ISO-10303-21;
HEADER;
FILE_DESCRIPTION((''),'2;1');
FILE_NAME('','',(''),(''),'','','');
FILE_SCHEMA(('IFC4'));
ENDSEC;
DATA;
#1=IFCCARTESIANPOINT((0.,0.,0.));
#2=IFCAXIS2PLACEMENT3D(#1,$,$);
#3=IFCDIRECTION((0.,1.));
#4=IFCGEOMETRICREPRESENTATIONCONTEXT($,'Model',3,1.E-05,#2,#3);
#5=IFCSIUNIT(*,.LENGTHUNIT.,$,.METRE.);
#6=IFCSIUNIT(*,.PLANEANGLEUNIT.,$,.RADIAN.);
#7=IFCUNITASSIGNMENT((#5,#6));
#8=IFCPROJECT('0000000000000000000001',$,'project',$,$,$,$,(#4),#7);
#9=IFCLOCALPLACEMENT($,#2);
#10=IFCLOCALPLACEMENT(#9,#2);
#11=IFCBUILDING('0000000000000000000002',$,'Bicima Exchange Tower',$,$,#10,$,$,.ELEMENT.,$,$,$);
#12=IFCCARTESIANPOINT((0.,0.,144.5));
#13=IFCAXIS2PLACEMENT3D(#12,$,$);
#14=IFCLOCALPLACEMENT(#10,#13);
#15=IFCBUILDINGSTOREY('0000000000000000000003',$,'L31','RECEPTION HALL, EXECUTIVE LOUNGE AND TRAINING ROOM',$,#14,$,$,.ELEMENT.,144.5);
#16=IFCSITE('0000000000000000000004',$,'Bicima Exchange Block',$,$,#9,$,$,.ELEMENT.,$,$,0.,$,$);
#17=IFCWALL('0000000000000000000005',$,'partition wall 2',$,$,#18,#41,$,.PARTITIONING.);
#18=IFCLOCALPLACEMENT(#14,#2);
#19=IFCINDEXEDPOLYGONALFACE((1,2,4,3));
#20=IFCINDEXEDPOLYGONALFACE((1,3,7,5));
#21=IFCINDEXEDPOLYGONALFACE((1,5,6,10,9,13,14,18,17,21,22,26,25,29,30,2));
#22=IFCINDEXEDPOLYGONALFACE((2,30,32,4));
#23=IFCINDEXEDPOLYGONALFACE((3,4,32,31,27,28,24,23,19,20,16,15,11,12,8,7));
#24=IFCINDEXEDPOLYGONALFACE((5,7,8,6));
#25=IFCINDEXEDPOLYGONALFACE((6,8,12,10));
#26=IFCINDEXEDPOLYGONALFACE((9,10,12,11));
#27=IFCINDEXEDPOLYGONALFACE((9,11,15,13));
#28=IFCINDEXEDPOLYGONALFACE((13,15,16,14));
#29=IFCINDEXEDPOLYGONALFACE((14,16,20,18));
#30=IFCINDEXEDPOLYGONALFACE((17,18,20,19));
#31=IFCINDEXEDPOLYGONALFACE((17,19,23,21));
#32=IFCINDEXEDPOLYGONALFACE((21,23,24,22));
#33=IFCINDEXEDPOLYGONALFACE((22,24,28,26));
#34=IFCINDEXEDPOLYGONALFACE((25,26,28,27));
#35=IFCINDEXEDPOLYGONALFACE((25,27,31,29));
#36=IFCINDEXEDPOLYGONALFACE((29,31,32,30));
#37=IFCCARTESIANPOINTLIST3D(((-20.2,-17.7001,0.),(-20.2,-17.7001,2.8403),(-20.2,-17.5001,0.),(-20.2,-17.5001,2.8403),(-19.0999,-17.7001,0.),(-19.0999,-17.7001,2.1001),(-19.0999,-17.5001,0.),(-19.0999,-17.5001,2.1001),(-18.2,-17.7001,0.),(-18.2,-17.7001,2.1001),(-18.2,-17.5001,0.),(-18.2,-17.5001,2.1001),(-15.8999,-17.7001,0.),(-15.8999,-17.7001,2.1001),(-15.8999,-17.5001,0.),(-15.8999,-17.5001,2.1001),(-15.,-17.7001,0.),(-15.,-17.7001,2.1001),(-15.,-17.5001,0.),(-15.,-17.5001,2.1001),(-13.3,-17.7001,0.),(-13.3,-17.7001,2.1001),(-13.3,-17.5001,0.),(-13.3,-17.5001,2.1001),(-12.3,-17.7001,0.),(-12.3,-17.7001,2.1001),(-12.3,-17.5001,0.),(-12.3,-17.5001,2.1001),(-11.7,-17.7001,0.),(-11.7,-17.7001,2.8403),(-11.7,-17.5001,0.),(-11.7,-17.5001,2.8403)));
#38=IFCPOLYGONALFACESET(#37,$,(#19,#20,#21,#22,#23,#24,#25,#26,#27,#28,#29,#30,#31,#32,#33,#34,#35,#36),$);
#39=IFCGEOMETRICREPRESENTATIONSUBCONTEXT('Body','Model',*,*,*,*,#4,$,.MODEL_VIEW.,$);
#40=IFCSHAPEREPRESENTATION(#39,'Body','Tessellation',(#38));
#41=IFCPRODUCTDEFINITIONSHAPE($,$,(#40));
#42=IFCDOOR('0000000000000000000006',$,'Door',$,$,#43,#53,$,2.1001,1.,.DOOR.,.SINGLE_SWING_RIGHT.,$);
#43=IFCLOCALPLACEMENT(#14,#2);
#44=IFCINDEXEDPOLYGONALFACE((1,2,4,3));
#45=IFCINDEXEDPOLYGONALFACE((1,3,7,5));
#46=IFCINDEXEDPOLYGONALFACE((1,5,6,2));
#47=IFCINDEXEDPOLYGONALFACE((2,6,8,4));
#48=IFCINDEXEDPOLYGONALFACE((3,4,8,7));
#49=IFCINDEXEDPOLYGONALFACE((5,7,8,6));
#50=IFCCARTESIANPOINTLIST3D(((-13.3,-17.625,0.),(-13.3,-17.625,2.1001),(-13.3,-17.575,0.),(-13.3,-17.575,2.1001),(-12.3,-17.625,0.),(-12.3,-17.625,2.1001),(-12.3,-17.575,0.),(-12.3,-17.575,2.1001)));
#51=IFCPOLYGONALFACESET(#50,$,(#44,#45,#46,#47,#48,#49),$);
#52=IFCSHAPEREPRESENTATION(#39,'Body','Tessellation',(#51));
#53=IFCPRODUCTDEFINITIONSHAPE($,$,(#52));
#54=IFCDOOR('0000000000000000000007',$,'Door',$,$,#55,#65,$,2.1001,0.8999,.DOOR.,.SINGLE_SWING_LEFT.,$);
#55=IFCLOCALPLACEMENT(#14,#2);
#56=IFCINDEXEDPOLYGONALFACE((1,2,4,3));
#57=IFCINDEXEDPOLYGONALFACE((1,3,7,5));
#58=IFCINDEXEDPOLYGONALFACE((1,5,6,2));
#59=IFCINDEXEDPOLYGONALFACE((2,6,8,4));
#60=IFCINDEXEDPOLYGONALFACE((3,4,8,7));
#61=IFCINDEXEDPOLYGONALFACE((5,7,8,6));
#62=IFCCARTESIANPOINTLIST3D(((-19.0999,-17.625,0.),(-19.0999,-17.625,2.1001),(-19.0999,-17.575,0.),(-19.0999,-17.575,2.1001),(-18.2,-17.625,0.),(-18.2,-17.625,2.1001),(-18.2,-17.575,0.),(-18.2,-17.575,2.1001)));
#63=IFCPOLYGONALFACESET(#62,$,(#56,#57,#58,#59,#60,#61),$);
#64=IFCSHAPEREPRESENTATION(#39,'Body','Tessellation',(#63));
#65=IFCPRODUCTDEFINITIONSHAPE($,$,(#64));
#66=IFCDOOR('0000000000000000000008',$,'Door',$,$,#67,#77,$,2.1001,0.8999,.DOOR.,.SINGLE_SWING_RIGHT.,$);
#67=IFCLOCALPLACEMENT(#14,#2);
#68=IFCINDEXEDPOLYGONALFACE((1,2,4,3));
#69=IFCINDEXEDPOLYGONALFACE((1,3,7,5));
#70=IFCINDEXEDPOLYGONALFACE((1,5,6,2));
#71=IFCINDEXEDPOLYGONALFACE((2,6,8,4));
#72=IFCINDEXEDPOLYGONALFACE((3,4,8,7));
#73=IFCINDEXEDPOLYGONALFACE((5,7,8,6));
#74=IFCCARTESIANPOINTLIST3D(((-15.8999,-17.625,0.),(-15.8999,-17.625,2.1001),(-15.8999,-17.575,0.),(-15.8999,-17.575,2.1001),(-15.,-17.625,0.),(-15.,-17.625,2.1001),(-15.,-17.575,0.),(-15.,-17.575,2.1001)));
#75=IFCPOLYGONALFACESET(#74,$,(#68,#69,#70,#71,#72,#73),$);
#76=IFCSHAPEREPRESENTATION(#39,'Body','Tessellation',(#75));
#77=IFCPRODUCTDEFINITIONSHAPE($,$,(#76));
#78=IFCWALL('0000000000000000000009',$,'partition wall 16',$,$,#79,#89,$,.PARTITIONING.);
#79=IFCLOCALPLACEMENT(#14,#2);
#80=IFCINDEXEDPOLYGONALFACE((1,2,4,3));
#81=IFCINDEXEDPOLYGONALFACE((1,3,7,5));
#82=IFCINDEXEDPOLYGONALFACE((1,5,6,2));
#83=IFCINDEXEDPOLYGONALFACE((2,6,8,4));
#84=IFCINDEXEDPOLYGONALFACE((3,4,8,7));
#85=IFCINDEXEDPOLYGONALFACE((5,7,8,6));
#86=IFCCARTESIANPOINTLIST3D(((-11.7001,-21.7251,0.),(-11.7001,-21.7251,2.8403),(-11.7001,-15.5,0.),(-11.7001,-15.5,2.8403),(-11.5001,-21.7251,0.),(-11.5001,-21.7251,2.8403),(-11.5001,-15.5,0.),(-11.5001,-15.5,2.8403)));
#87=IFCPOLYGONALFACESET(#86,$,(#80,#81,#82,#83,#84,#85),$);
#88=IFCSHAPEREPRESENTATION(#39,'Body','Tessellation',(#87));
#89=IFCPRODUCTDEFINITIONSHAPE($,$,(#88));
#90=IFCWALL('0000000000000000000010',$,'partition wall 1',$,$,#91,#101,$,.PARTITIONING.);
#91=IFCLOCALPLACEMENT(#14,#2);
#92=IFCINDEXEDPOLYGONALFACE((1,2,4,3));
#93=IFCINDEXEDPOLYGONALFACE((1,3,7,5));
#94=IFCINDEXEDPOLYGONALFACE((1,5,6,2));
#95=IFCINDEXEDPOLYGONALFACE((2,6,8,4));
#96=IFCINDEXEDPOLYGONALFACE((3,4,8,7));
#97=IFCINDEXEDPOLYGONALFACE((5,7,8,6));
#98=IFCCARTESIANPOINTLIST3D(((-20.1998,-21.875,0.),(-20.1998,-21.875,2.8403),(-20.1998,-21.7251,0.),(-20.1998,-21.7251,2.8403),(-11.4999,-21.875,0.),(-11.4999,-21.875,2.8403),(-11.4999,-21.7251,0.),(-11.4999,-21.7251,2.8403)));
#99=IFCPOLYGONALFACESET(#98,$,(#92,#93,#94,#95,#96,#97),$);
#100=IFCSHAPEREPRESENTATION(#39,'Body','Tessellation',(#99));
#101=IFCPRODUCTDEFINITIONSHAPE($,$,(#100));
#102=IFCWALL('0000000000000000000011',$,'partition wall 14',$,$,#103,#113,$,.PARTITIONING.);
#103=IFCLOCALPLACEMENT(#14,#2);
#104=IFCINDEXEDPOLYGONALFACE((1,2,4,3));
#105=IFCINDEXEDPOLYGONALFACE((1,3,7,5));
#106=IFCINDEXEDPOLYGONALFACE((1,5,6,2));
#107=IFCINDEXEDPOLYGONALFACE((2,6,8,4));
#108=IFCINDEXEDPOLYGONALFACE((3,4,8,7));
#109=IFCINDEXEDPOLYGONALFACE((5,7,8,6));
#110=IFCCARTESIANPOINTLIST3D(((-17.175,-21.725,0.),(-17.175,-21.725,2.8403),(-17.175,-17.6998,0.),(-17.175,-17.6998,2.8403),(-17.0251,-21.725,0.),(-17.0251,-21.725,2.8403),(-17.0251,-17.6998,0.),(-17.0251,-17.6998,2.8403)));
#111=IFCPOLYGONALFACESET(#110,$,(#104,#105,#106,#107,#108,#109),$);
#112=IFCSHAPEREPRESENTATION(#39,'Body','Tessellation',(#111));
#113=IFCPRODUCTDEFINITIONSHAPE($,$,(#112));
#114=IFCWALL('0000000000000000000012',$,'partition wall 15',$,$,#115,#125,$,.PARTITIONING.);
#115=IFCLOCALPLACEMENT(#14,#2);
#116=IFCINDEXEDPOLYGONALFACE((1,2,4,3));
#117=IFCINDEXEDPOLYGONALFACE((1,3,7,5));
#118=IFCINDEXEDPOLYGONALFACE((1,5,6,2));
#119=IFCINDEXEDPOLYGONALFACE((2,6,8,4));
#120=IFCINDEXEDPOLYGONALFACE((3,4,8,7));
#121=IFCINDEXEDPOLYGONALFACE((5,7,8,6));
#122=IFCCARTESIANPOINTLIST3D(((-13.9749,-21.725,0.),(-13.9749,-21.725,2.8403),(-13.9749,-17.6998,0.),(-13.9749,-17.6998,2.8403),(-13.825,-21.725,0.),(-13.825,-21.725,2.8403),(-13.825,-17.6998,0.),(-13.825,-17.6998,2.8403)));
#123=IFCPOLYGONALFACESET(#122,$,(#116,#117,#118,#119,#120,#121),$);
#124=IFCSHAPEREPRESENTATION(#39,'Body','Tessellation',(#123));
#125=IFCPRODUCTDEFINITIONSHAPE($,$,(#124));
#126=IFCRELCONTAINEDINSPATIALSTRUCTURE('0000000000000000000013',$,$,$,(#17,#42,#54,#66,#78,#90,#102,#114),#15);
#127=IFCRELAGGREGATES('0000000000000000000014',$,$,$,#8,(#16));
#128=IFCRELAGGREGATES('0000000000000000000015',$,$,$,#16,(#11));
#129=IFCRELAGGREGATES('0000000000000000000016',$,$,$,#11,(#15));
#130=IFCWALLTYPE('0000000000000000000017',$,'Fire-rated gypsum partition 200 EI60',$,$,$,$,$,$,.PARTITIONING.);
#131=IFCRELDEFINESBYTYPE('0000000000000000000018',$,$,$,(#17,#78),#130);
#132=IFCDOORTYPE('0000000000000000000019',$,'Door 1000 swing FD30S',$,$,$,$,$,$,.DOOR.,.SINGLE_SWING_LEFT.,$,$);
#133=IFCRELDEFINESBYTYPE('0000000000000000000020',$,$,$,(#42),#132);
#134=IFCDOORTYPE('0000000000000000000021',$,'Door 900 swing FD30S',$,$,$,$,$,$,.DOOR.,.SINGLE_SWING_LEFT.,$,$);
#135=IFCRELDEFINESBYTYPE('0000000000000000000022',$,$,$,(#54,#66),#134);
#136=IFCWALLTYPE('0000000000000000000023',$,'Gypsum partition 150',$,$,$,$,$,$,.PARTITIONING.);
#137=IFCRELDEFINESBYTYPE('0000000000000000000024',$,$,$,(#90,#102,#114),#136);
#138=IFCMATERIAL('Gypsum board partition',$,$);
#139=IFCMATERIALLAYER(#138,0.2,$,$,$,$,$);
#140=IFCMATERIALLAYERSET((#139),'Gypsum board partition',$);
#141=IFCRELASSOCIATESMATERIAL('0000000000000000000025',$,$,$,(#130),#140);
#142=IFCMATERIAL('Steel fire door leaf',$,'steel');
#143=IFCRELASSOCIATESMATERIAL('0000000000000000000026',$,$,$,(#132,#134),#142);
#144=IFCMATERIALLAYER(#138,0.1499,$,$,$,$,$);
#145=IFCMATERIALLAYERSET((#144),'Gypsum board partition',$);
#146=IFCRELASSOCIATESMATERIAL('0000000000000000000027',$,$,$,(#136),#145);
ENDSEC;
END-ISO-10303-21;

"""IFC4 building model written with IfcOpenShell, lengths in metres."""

from ifc_helpers import new_model, si_unit, direction, frame, frame_2d, origin, place, context, subcontext, project, spatial, rectangle, extrude, material, layer, layer_set, type_object, element, fill, save


model = new_model("IFC4")

# Units and contexts
model_context = context("Model", 3, precision=1e-05, world=origin(), true_north=direction((0.0, 1.0)))
body_context = subcontext(model_context, "Body", "Model", "MODEL_VIEW")
ifc_project = project(units=[si_unit("LENGTHUNIT", "METRE"), si_unit("PLANEANGLEUNIT", "RADIAN")], contexts=[model_context])

# Site, building, storey
site_placement = place(None, origin())
site = spatial("IfcSite", under=ifc_project, at=site_placement, Name="Bicima Exchange Block", CompositionType="ELEMENT", RefElevation=0.0)
building_placement = place(site_placement, origin())
building = spatial("IfcBuilding", under=site, at=building_placement, Name="Bicima Exchange Tower", CompositionType="ELEMENT")
storey_placement = place(building_placement, frame((0.0, 0.0, 144.5)))
storey = spatial("IfcBuildingStorey", under=building, at=storey_placement, Name="L31", Description="RECEPTION HALL, EXECUTIVE LOUNGE AND TRAINING ROOM", CompositionType="ELEMENT", Elevation=144.5)

# Wall, openings, doors
ifc_material_1 = material(Name="Gypsum board partition")
ifc_layer_1 = layer(ifc_material_1, 0.2)
ifc_layer_set_1 = layer_set([ifc_layer_1], Name="Gypsum board partition")
wall_type_1 = type_object("IfcWallType", Name="Fire-rated gypsum partition 200 EI60", PredefinedType="PARTITIONING", material=ifc_layer_set_1)
wall_1_placement = place(storey_placement, frame((-20.2, -17.6001, 0.0), z_axis=(0.0, 0.0, 1.0), x_axis=(1.0, 0.0, 0.0)))
wall_1 = element("IfcWall", 1, at=wall_1_placement, inside=storey, type_object=wall_type_1, Name="partition wall 2", PredefinedType="PARTITIONING", context=body_context, shape_type="SweptSolid", body=[
    extrude(rectangle(XDim=8.5, YDim=0.2, at=frame_2d((4.25, 0.0))), origin(), (0.0, 0.0, 1.0), 2.8403),
])
opening_1_placement = place(wall_1_placement, frame((1.1001, 0.0, 0.0)))
opening_1 = element("IfcOpeningElement", 2, at=opening_1_placement, cuts=wall_1, PredefinedType="OPENING", context=body_context, shape_type="SweptSolid", body=[
    extrude(rectangle(XDim=0.8999, YDim=2.1001, at=frame_2d((0.45, 1.05))), frame((0.0, 0.1118, 0.0), z_axis=(0.0, -1.0, 0.0), x_axis=(1.0, 0.0, 0.0)), (0.0, 0.0, 1.0), 0.2239),
])
opening_2_placement = place(wall_1_placement, frame((4.3, 0.0, 0.0)))
opening_2 = element("IfcOpeningElement", 3, at=opening_2_placement, cuts=wall_1, PredefinedType="OPENING", context=body_context, shape_type="SweptSolid", body=[
    extrude(rectangle(XDim=0.8999, YDim=2.1001, at=frame_2d((0.45, 1.05))), frame((0.0, 0.1118, 0.0), z_axis=(0.0, -1.0, 0.0), x_axis=(1.0, 0.0, 0.0)), (0.0, 0.0, 1.0), 0.2239),
])
opening_3_placement = place(wall_1_placement, frame((6.8999, 0.0, 0.0)))
opening_3 = element("IfcOpeningElement", 4, at=opening_3_placement, cuts=wall_1, PredefinedType="OPENING", context=body_context, shape_type="SweptSolid", body=[
    extrude(rectangle(XDim=1.0, YDim=2.1001, at=frame_2d((0.5, 1.05))), frame((0.0, 0.1118, 0.0), z_axis=(0.0, -1.0, 0.0), x_axis=(1.0, 0.0, 0.0)), (0.0, 0.0, 1.0), 0.2239),
])
ifc_material_2 = material(Name="Steel fire door leaf", Category="steel")
door_type_1 = type_object("IfcDoorType", Name="Door 1000 swing FD30S", OperationType="SINGLE_SWING_LEFT", PredefinedType="DOOR", material=ifc_material_2)
door_1_placement = place(opening_3_placement, frame((1.0, 0.0, 0.0), z_axis=(0.0, 0.0, 1.0), x_axis=(-1.0, 0.0, 0.0)))
door_1 = element("IfcDoor", 5, at=door_1_placement, inside=storey, type_object=door_type_1, Name="Door", OperationType="SINGLE_SWING_RIGHT", OverallHeight=2.1001, OverallWidth=1.0, PredefinedType="DOOR", context=body_context, shape_type="SweptSolid", body=[
    extrude(rectangle(XDim=1.0, YDim=2.1001, at=frame_2d((0.5, 1.05))), frame((0.0, 0.0249, 0.0), z_axis=(0.0, -1.0, 0.0), x_axis=(1.0, 0.0, 0.0)), (0.0, 0.0, 1.0), 0.05),
])
fill(opening_3, door_1)
door_type_2 = type_object("IfcDoorType", Name="Door 900 swing FD30S", OperationType="SINGLE_SWING_LEFT", PredefinedType="DOOR", material=ifc_material_2)
door_2_placement = place(opening_1_placement, frame((0.8999, 0.0, 0.0), z_axis=(0.0, 0.0, 1.0), x_axis=(-1.0, 0.0, 0.0)))
door_2 = element("IfcDoor", 6, at=door_2_placement, inside=storey, type_object=door_type_2, Name="Door", OperationType="SINGLE_SWING_LEFT", OverallHeight=2.1001, OverallWidth=0.8999, PredefinedType="DOOR", context=body_context, shape_type="SweptSolid", body=[
    extrude(rectangle(XDim=0.8999, YDim=2.1001, at=frame_2d((0.45, 1.05))), frame((0.0, 0.0249, 0.0), z_axis=(0.0, -1.0, 0.0), x_axis=(1.0, 0.0, 0.0)), (0.0, 0.0, 1.0), 0.05),
])
fill(opening_1, door_2)
door_3_placement = place(opening_2_placement, frame((0.8999, 0.0, 0.0), z_axis=(0.0, 0.0, 1.0), x_axis=(-1.0, 0.0, 0.0)))
door_3 = element("IfcDoor", 7, at=door_3_placement, inside=storey, type_object=door_type_2, Name="Door", OperationType="SINGLE_SWING_RIGHT", OverallHeight=2.1001, OverallWidth=0.8999, PredefinedType="DOOR", context=body_context, shape_type="SweptSolid", body=[
    extrude(rectangle(XDim=0.8999, YDim=2.1001, at=frame_2d((0.45, 1.05))), frame((0.0, 0.0249, 0.0), z_axis=(0.0, -1.0, 0.0), x_axis=(1.0, 0.0, 0.0)), (0.0, 0.0, 1.0), 0.05),
])
fill(opening_2, door_3)

# Walls
wall_2_placement = place(storey_placement, frame((-11.6001, -21.7251, 0.0), z_axis=(0.0, 0.0, 1.0), x_axis=(0.0, 1.0, 0.0)))
element("IfcWall", 8, at=wall_2_placement, inside=storey, type_object=wall_type_1, Name="partition wall 16", PredefinedType="PARTITIONING", context=body_context, shape_type="SweptSolid", body=[
    extrude(rectangle(XDim=6.2251, YDim=0.2, at=frame_2d((3.1125, 0.0))), origin(), (0.0, 0.0, 1.0), 2.8403),
])
ifc_layer_2 = layer(ifc_material_1, 0.1499)
ifc_layer_set_2 = layer_set([ifc_layer_2], Name="Gypsum board partition")
wall_type_2 = type_object("IfcWallType", Name="Gypsum partition 150", PredefinedType="PARTITIONING", material=ifc_layer_set_2)
wall_3_placement = place(storey_placement, frame((-20.2, -21.8, 0.0), z_axis=(0.0, 0.0, 1.0), x_axis=(1.0, 0.0, 0.0)))
element("IfcWall", 9, at=wall_3_placement, inside=storey, type_object=wall_type_2, Name="partition wall 1", PredefinedType="PARTITIONING", context=body_context, shape_type="SweptSolid", body=[
    extrude(rectangle(XDim=8.7, YDim=0.1499, at=frame_2d((4.3501, 0.0))), origin(), (0.0, 0.0, 1.0), 2.8403),
])
for number, where, z_axis, x_axis, name in (
    (10, (-17.1001, -21.7251, 0.0), (0.0, 0.0, 1.0), (0.0, 1.0, 0.0), "partition wall 14"),
    (11, (-13.8999, -21.7251, 0.0), (0.0, 0.0, 1.0), (0.0, 1.0, 0.0), "partition wall 15"),
):
    element("IfcWall", number, at=place(storey_placement, frame(where, z_axis=z_axis, x_axis=x_axis)), inside=storey, type_object=wall_type_2, Name=name, PredefinedType="PARTITIONING", context=body_context, shape_type="SweptSolid", body=[
        extrude(rectangle(XDim=4.0251, YDim=0.1499, at=frame_2d((2.0127, 0.0))), origin(), (0.0, 0.0, 1.0), 2.8403),
    ])

save(model, "model.ifc")
